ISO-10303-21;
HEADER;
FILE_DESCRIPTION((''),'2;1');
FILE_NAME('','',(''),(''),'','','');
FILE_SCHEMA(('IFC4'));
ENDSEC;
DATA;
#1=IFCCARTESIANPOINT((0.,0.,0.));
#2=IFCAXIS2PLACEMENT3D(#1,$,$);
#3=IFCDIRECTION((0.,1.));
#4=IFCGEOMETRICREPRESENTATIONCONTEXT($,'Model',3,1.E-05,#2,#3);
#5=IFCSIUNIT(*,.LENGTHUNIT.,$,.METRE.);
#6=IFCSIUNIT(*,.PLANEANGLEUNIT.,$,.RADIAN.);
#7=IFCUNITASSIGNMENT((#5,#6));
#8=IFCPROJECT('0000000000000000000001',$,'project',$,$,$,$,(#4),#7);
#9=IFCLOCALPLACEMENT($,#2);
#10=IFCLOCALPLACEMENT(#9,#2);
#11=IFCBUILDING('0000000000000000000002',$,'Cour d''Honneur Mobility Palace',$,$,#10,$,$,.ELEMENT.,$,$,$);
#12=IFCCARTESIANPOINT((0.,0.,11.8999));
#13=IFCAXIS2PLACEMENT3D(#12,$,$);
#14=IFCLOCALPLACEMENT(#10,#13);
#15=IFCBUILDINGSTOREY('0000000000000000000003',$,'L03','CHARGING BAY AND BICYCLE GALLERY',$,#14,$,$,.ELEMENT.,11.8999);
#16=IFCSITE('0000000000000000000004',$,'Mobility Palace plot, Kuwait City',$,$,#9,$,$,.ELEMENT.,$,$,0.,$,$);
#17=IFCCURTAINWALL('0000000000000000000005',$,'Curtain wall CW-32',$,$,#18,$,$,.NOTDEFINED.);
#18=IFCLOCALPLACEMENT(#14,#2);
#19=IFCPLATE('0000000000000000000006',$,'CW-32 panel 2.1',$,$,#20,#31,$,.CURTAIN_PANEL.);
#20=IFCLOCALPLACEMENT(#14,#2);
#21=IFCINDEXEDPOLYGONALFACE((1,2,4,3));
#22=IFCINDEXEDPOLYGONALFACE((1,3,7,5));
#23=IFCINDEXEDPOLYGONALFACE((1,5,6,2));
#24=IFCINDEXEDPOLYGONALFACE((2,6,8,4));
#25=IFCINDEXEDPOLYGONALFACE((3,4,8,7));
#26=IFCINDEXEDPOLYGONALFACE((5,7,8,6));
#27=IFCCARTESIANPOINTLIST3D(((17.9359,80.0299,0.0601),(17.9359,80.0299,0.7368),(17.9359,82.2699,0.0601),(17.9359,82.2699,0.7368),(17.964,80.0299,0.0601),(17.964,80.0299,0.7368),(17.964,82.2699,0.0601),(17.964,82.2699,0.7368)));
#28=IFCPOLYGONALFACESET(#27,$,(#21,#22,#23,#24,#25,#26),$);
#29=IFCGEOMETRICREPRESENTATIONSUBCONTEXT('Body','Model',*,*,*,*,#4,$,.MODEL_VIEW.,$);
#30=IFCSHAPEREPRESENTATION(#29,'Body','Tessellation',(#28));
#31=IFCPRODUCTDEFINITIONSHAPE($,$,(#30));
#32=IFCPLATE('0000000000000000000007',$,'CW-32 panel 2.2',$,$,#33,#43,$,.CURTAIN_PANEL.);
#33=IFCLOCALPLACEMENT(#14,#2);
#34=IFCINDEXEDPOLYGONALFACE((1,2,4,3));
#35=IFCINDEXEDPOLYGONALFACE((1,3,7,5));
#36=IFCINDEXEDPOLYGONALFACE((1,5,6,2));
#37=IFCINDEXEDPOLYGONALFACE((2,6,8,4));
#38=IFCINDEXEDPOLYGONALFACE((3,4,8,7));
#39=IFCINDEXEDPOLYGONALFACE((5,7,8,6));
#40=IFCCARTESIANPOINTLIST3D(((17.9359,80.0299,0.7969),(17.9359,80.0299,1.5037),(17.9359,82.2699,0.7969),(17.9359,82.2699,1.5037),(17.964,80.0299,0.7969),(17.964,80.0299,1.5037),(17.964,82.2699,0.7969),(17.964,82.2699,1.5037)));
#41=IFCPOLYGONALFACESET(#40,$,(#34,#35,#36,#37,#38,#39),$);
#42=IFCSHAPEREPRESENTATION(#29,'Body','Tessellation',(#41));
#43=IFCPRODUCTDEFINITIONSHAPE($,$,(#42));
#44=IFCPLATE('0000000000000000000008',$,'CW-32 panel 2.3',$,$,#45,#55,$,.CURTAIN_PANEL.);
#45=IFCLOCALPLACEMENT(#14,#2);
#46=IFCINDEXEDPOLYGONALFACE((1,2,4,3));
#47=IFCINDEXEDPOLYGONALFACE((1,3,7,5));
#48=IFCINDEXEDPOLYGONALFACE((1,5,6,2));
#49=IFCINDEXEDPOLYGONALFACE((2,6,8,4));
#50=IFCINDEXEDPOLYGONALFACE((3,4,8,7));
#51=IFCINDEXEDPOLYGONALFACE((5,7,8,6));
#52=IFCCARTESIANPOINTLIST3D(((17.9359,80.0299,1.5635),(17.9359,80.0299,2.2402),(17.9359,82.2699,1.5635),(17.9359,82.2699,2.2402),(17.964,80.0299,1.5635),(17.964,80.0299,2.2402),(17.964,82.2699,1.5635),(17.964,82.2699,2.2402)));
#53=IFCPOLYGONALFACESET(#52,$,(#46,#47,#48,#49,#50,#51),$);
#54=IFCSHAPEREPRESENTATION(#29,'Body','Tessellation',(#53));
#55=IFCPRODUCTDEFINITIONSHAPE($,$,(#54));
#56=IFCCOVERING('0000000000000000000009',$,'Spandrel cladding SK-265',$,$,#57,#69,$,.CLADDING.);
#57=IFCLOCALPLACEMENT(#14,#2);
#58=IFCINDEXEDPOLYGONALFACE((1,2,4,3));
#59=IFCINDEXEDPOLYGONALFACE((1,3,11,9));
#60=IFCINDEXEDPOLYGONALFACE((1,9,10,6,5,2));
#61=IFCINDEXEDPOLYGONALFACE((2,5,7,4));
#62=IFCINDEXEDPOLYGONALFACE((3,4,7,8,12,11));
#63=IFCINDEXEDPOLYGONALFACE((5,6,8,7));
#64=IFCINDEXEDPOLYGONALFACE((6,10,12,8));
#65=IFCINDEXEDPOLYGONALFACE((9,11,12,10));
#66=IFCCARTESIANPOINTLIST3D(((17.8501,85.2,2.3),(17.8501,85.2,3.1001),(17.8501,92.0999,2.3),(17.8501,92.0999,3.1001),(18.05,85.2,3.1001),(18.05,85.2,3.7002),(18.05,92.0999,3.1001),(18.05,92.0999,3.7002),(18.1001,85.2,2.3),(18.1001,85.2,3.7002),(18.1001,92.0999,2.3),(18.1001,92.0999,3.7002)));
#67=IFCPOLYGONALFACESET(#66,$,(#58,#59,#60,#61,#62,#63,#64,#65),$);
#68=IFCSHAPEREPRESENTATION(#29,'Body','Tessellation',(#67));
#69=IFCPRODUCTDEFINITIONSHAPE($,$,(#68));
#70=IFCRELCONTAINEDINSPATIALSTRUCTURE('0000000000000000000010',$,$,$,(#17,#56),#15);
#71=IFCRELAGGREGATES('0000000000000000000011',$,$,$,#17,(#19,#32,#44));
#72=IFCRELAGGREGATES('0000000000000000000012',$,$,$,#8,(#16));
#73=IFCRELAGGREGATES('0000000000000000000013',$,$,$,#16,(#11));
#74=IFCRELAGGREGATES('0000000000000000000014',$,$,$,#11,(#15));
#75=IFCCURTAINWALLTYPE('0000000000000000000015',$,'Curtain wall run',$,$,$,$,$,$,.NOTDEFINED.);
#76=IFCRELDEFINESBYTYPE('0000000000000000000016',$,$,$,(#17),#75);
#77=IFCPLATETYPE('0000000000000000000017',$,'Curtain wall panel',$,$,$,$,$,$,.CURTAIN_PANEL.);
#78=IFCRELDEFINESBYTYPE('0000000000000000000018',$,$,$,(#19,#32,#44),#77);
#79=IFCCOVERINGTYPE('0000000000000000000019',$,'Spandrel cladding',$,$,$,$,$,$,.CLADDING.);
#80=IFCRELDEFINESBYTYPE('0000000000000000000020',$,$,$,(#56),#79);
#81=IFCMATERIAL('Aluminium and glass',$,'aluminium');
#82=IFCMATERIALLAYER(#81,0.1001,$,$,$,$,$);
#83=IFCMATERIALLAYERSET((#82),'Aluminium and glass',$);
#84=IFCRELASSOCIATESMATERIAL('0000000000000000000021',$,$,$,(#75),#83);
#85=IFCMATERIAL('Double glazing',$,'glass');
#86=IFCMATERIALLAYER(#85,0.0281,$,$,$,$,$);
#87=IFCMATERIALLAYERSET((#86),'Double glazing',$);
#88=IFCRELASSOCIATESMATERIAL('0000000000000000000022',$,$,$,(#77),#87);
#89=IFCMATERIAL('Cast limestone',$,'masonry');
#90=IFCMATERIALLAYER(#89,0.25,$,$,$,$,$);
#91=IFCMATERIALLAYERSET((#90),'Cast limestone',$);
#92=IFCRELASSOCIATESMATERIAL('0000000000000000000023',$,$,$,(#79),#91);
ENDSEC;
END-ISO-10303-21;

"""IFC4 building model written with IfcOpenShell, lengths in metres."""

from ifc_helpers import new_model, si_unit, direction, frame, origin, origin_2d, place, context, subcontext, project, spatial, polyline, rectangle, outline, extrude, material, layer, layer_set, type_object, element, aggregate, save


model = new_model("IFC4")

# Units and contexts
model_context = context("Model", 3, precision=1e-05, world=origin(), true_north=direction((0.0, 1.0)))
body_context = subcontext(model_context, "Body", "Model", "MODEL_VIEW")
ifc_project = project(units=[si_unit("LENGTHUNIT", "METRE"), si_unit("PLANEANGLEUNIT", "RADIAN")], contexts=[model_context])

# Site, building, storey
site_placement = place(None, origin())
site = spatial("IfcSite", under=ifc_project, at=site_placement, Name="Mobility Palace plot, Kuwait City", CompositionType="ELEMENT", RefElevation=0.0)
building_placement = place(site_placement, origin())
building = spatial("IfcBuilding", under=site, at=building_placement, Name="Cour d'Honneur Mobility Palace", CompositionType="ELEMENT")
storey_placement = place(building_placement, frame((0.0, 0.0, 11.8999)))
storey = spatial("IfcBuildingStorey", under=building, at=storey_placement, Name="L03", Description="CHARGING BAY AND BICYCLE GALLERY", CompositionType="ELEMENT", Elevation=11.8999)

# Curtain wall
ifc_material_1 = material(Name="Aluminium and glass", Category="aluminium")
ifc_layer_1 = layer(ifc_material_1, 0.1001)
ifc_layer_set_1 = layer_set([ifc_layer_1], Name="Aluminium and glass")
curtain_wall_type = type_object("IfcCurtainWallType", Name="Curtain wall run", PredefinedType="NOTDEFINED", material=ifc_layer_set_1)
curtain_wall_placement = place(storey_placement, origin())
curtain_wall = element("IfcCurtainWall", 1, at=curtain_wall_placement, inside=storey, type_object=curtain_wall_type, Name="Curtain wall CW-32", PredefinedType="NOTDEFINED")

# Plates
ifc_material_2 = material(Name="Double glazing", Category="glass")
ifc_layer_2 = layer(ifc_material_2, 0.0281)
ifc_layer_set_2 = layer_set([ifc_layer_2], Name="Double glazing")
plate_type = type_object("IfcPlateType", Name="Curtain wall panel", PredefinedType="CURTAIN_PANEL", material=ifc_layer_set_2)
plate_1_placement = place(storey_placement, frame((17.95, 81.1499, 0.0601), z_axis=(0.0, 0.0, 1.0), x_axis=(0.0, 1.0, 0.0)))
plate_1 = element("IfcPlate", 2, at=plate_1_placement, type_object=plate_type, Name="CW-32 panel 2.1", PredefinedType="CURTAIN_PANEL", context=body_context, shape_type="SweptSolid", body=[
    extrude(rectangle(XDim=2.24, YDim=0.0281, at=origin_2d()), origin(), (0.0, 0.0, 1.0), 0.6768),
])
plate_2_placement = place(storey_placement, frame((17.95, 81.1499, 0.7969), z_axis=(0.0, 0.0, 1.0), x_axis=(0.0, 1.0, 0.0)))
plate_2 = element("IfcPlate", 3, at=plate_2_placement, type_object=plate_type, Name="CW-32 panel 2.2", PredefinedType="CURTAIN_PANEL", context=body_context, shape_type="SweptSolid", body=[
    extrude(rectangle(XDim=2.24, YDim=0.0281, at=origin_2d()), origin(), (0.0, 0.0, 1.0), 0.7068),
])
plate_3_placement = place(storey_placement, frame((17.95, 81.1499, 1.5635), z_axis=(0.0, 0.0, 1.0), x_axis=(0.0, 1.0, 0.0)))
plate_3 = element("IfcPlate", 4, at=plate_3_placement, type_object=plate_type, Name="CW-32 panel 2.3", PredefinedType="CURTAIN_PANEL", context=body_context, shape_type="SweptSolid", body=[
    extrude(rectangle(XDim=2.24, YDim=0.0281, at=origin_2d()), origin(), (0.0, 0.0, 1.0), 0.6768),
])
aggregate(curtain_wall, [plate_1, plate_2, plate_3])

# Covering
ifc_material_3 = material(Name="Cast limestone", Category="masonry")
ifc_layer_3 = layer(ifc_material_3, 0.25)
ifc_layer_set_3 = layer_set([ifc_layer_3], Name="Cast limestone")
covering_type = type_object("IfcCoveringType", Name="Spandrel cladding", PredefinedType="CLADDING", material=ifc_layer_set_3)
covering_placement = place(storey_placement, frame((17.8501, 85.2, 2.3), z_axis=(0.0, -1.0, 0.0), x_axis=(1.0, 0.0, 0.0)))
element("IfcCovering", 5, at=covering_placement, inside=storey, type_object=covering_type, Name="Spandrel cladding SK-265", PredefinedType="CLADDING", context=body_context, shape_type="SweptSolid", body=[
    extrude(outline(polyline([(0.0, 0.0), (0.25, 0.0), (0.25, 1.4001), (0.2, 1.4001), (0.2, 0.8), (0.0, 0.8), (0.0, 0.0)])), origin(), (0.0, 0.0, -1.0), 6.8999),
])

save(model, "model.ifc")
